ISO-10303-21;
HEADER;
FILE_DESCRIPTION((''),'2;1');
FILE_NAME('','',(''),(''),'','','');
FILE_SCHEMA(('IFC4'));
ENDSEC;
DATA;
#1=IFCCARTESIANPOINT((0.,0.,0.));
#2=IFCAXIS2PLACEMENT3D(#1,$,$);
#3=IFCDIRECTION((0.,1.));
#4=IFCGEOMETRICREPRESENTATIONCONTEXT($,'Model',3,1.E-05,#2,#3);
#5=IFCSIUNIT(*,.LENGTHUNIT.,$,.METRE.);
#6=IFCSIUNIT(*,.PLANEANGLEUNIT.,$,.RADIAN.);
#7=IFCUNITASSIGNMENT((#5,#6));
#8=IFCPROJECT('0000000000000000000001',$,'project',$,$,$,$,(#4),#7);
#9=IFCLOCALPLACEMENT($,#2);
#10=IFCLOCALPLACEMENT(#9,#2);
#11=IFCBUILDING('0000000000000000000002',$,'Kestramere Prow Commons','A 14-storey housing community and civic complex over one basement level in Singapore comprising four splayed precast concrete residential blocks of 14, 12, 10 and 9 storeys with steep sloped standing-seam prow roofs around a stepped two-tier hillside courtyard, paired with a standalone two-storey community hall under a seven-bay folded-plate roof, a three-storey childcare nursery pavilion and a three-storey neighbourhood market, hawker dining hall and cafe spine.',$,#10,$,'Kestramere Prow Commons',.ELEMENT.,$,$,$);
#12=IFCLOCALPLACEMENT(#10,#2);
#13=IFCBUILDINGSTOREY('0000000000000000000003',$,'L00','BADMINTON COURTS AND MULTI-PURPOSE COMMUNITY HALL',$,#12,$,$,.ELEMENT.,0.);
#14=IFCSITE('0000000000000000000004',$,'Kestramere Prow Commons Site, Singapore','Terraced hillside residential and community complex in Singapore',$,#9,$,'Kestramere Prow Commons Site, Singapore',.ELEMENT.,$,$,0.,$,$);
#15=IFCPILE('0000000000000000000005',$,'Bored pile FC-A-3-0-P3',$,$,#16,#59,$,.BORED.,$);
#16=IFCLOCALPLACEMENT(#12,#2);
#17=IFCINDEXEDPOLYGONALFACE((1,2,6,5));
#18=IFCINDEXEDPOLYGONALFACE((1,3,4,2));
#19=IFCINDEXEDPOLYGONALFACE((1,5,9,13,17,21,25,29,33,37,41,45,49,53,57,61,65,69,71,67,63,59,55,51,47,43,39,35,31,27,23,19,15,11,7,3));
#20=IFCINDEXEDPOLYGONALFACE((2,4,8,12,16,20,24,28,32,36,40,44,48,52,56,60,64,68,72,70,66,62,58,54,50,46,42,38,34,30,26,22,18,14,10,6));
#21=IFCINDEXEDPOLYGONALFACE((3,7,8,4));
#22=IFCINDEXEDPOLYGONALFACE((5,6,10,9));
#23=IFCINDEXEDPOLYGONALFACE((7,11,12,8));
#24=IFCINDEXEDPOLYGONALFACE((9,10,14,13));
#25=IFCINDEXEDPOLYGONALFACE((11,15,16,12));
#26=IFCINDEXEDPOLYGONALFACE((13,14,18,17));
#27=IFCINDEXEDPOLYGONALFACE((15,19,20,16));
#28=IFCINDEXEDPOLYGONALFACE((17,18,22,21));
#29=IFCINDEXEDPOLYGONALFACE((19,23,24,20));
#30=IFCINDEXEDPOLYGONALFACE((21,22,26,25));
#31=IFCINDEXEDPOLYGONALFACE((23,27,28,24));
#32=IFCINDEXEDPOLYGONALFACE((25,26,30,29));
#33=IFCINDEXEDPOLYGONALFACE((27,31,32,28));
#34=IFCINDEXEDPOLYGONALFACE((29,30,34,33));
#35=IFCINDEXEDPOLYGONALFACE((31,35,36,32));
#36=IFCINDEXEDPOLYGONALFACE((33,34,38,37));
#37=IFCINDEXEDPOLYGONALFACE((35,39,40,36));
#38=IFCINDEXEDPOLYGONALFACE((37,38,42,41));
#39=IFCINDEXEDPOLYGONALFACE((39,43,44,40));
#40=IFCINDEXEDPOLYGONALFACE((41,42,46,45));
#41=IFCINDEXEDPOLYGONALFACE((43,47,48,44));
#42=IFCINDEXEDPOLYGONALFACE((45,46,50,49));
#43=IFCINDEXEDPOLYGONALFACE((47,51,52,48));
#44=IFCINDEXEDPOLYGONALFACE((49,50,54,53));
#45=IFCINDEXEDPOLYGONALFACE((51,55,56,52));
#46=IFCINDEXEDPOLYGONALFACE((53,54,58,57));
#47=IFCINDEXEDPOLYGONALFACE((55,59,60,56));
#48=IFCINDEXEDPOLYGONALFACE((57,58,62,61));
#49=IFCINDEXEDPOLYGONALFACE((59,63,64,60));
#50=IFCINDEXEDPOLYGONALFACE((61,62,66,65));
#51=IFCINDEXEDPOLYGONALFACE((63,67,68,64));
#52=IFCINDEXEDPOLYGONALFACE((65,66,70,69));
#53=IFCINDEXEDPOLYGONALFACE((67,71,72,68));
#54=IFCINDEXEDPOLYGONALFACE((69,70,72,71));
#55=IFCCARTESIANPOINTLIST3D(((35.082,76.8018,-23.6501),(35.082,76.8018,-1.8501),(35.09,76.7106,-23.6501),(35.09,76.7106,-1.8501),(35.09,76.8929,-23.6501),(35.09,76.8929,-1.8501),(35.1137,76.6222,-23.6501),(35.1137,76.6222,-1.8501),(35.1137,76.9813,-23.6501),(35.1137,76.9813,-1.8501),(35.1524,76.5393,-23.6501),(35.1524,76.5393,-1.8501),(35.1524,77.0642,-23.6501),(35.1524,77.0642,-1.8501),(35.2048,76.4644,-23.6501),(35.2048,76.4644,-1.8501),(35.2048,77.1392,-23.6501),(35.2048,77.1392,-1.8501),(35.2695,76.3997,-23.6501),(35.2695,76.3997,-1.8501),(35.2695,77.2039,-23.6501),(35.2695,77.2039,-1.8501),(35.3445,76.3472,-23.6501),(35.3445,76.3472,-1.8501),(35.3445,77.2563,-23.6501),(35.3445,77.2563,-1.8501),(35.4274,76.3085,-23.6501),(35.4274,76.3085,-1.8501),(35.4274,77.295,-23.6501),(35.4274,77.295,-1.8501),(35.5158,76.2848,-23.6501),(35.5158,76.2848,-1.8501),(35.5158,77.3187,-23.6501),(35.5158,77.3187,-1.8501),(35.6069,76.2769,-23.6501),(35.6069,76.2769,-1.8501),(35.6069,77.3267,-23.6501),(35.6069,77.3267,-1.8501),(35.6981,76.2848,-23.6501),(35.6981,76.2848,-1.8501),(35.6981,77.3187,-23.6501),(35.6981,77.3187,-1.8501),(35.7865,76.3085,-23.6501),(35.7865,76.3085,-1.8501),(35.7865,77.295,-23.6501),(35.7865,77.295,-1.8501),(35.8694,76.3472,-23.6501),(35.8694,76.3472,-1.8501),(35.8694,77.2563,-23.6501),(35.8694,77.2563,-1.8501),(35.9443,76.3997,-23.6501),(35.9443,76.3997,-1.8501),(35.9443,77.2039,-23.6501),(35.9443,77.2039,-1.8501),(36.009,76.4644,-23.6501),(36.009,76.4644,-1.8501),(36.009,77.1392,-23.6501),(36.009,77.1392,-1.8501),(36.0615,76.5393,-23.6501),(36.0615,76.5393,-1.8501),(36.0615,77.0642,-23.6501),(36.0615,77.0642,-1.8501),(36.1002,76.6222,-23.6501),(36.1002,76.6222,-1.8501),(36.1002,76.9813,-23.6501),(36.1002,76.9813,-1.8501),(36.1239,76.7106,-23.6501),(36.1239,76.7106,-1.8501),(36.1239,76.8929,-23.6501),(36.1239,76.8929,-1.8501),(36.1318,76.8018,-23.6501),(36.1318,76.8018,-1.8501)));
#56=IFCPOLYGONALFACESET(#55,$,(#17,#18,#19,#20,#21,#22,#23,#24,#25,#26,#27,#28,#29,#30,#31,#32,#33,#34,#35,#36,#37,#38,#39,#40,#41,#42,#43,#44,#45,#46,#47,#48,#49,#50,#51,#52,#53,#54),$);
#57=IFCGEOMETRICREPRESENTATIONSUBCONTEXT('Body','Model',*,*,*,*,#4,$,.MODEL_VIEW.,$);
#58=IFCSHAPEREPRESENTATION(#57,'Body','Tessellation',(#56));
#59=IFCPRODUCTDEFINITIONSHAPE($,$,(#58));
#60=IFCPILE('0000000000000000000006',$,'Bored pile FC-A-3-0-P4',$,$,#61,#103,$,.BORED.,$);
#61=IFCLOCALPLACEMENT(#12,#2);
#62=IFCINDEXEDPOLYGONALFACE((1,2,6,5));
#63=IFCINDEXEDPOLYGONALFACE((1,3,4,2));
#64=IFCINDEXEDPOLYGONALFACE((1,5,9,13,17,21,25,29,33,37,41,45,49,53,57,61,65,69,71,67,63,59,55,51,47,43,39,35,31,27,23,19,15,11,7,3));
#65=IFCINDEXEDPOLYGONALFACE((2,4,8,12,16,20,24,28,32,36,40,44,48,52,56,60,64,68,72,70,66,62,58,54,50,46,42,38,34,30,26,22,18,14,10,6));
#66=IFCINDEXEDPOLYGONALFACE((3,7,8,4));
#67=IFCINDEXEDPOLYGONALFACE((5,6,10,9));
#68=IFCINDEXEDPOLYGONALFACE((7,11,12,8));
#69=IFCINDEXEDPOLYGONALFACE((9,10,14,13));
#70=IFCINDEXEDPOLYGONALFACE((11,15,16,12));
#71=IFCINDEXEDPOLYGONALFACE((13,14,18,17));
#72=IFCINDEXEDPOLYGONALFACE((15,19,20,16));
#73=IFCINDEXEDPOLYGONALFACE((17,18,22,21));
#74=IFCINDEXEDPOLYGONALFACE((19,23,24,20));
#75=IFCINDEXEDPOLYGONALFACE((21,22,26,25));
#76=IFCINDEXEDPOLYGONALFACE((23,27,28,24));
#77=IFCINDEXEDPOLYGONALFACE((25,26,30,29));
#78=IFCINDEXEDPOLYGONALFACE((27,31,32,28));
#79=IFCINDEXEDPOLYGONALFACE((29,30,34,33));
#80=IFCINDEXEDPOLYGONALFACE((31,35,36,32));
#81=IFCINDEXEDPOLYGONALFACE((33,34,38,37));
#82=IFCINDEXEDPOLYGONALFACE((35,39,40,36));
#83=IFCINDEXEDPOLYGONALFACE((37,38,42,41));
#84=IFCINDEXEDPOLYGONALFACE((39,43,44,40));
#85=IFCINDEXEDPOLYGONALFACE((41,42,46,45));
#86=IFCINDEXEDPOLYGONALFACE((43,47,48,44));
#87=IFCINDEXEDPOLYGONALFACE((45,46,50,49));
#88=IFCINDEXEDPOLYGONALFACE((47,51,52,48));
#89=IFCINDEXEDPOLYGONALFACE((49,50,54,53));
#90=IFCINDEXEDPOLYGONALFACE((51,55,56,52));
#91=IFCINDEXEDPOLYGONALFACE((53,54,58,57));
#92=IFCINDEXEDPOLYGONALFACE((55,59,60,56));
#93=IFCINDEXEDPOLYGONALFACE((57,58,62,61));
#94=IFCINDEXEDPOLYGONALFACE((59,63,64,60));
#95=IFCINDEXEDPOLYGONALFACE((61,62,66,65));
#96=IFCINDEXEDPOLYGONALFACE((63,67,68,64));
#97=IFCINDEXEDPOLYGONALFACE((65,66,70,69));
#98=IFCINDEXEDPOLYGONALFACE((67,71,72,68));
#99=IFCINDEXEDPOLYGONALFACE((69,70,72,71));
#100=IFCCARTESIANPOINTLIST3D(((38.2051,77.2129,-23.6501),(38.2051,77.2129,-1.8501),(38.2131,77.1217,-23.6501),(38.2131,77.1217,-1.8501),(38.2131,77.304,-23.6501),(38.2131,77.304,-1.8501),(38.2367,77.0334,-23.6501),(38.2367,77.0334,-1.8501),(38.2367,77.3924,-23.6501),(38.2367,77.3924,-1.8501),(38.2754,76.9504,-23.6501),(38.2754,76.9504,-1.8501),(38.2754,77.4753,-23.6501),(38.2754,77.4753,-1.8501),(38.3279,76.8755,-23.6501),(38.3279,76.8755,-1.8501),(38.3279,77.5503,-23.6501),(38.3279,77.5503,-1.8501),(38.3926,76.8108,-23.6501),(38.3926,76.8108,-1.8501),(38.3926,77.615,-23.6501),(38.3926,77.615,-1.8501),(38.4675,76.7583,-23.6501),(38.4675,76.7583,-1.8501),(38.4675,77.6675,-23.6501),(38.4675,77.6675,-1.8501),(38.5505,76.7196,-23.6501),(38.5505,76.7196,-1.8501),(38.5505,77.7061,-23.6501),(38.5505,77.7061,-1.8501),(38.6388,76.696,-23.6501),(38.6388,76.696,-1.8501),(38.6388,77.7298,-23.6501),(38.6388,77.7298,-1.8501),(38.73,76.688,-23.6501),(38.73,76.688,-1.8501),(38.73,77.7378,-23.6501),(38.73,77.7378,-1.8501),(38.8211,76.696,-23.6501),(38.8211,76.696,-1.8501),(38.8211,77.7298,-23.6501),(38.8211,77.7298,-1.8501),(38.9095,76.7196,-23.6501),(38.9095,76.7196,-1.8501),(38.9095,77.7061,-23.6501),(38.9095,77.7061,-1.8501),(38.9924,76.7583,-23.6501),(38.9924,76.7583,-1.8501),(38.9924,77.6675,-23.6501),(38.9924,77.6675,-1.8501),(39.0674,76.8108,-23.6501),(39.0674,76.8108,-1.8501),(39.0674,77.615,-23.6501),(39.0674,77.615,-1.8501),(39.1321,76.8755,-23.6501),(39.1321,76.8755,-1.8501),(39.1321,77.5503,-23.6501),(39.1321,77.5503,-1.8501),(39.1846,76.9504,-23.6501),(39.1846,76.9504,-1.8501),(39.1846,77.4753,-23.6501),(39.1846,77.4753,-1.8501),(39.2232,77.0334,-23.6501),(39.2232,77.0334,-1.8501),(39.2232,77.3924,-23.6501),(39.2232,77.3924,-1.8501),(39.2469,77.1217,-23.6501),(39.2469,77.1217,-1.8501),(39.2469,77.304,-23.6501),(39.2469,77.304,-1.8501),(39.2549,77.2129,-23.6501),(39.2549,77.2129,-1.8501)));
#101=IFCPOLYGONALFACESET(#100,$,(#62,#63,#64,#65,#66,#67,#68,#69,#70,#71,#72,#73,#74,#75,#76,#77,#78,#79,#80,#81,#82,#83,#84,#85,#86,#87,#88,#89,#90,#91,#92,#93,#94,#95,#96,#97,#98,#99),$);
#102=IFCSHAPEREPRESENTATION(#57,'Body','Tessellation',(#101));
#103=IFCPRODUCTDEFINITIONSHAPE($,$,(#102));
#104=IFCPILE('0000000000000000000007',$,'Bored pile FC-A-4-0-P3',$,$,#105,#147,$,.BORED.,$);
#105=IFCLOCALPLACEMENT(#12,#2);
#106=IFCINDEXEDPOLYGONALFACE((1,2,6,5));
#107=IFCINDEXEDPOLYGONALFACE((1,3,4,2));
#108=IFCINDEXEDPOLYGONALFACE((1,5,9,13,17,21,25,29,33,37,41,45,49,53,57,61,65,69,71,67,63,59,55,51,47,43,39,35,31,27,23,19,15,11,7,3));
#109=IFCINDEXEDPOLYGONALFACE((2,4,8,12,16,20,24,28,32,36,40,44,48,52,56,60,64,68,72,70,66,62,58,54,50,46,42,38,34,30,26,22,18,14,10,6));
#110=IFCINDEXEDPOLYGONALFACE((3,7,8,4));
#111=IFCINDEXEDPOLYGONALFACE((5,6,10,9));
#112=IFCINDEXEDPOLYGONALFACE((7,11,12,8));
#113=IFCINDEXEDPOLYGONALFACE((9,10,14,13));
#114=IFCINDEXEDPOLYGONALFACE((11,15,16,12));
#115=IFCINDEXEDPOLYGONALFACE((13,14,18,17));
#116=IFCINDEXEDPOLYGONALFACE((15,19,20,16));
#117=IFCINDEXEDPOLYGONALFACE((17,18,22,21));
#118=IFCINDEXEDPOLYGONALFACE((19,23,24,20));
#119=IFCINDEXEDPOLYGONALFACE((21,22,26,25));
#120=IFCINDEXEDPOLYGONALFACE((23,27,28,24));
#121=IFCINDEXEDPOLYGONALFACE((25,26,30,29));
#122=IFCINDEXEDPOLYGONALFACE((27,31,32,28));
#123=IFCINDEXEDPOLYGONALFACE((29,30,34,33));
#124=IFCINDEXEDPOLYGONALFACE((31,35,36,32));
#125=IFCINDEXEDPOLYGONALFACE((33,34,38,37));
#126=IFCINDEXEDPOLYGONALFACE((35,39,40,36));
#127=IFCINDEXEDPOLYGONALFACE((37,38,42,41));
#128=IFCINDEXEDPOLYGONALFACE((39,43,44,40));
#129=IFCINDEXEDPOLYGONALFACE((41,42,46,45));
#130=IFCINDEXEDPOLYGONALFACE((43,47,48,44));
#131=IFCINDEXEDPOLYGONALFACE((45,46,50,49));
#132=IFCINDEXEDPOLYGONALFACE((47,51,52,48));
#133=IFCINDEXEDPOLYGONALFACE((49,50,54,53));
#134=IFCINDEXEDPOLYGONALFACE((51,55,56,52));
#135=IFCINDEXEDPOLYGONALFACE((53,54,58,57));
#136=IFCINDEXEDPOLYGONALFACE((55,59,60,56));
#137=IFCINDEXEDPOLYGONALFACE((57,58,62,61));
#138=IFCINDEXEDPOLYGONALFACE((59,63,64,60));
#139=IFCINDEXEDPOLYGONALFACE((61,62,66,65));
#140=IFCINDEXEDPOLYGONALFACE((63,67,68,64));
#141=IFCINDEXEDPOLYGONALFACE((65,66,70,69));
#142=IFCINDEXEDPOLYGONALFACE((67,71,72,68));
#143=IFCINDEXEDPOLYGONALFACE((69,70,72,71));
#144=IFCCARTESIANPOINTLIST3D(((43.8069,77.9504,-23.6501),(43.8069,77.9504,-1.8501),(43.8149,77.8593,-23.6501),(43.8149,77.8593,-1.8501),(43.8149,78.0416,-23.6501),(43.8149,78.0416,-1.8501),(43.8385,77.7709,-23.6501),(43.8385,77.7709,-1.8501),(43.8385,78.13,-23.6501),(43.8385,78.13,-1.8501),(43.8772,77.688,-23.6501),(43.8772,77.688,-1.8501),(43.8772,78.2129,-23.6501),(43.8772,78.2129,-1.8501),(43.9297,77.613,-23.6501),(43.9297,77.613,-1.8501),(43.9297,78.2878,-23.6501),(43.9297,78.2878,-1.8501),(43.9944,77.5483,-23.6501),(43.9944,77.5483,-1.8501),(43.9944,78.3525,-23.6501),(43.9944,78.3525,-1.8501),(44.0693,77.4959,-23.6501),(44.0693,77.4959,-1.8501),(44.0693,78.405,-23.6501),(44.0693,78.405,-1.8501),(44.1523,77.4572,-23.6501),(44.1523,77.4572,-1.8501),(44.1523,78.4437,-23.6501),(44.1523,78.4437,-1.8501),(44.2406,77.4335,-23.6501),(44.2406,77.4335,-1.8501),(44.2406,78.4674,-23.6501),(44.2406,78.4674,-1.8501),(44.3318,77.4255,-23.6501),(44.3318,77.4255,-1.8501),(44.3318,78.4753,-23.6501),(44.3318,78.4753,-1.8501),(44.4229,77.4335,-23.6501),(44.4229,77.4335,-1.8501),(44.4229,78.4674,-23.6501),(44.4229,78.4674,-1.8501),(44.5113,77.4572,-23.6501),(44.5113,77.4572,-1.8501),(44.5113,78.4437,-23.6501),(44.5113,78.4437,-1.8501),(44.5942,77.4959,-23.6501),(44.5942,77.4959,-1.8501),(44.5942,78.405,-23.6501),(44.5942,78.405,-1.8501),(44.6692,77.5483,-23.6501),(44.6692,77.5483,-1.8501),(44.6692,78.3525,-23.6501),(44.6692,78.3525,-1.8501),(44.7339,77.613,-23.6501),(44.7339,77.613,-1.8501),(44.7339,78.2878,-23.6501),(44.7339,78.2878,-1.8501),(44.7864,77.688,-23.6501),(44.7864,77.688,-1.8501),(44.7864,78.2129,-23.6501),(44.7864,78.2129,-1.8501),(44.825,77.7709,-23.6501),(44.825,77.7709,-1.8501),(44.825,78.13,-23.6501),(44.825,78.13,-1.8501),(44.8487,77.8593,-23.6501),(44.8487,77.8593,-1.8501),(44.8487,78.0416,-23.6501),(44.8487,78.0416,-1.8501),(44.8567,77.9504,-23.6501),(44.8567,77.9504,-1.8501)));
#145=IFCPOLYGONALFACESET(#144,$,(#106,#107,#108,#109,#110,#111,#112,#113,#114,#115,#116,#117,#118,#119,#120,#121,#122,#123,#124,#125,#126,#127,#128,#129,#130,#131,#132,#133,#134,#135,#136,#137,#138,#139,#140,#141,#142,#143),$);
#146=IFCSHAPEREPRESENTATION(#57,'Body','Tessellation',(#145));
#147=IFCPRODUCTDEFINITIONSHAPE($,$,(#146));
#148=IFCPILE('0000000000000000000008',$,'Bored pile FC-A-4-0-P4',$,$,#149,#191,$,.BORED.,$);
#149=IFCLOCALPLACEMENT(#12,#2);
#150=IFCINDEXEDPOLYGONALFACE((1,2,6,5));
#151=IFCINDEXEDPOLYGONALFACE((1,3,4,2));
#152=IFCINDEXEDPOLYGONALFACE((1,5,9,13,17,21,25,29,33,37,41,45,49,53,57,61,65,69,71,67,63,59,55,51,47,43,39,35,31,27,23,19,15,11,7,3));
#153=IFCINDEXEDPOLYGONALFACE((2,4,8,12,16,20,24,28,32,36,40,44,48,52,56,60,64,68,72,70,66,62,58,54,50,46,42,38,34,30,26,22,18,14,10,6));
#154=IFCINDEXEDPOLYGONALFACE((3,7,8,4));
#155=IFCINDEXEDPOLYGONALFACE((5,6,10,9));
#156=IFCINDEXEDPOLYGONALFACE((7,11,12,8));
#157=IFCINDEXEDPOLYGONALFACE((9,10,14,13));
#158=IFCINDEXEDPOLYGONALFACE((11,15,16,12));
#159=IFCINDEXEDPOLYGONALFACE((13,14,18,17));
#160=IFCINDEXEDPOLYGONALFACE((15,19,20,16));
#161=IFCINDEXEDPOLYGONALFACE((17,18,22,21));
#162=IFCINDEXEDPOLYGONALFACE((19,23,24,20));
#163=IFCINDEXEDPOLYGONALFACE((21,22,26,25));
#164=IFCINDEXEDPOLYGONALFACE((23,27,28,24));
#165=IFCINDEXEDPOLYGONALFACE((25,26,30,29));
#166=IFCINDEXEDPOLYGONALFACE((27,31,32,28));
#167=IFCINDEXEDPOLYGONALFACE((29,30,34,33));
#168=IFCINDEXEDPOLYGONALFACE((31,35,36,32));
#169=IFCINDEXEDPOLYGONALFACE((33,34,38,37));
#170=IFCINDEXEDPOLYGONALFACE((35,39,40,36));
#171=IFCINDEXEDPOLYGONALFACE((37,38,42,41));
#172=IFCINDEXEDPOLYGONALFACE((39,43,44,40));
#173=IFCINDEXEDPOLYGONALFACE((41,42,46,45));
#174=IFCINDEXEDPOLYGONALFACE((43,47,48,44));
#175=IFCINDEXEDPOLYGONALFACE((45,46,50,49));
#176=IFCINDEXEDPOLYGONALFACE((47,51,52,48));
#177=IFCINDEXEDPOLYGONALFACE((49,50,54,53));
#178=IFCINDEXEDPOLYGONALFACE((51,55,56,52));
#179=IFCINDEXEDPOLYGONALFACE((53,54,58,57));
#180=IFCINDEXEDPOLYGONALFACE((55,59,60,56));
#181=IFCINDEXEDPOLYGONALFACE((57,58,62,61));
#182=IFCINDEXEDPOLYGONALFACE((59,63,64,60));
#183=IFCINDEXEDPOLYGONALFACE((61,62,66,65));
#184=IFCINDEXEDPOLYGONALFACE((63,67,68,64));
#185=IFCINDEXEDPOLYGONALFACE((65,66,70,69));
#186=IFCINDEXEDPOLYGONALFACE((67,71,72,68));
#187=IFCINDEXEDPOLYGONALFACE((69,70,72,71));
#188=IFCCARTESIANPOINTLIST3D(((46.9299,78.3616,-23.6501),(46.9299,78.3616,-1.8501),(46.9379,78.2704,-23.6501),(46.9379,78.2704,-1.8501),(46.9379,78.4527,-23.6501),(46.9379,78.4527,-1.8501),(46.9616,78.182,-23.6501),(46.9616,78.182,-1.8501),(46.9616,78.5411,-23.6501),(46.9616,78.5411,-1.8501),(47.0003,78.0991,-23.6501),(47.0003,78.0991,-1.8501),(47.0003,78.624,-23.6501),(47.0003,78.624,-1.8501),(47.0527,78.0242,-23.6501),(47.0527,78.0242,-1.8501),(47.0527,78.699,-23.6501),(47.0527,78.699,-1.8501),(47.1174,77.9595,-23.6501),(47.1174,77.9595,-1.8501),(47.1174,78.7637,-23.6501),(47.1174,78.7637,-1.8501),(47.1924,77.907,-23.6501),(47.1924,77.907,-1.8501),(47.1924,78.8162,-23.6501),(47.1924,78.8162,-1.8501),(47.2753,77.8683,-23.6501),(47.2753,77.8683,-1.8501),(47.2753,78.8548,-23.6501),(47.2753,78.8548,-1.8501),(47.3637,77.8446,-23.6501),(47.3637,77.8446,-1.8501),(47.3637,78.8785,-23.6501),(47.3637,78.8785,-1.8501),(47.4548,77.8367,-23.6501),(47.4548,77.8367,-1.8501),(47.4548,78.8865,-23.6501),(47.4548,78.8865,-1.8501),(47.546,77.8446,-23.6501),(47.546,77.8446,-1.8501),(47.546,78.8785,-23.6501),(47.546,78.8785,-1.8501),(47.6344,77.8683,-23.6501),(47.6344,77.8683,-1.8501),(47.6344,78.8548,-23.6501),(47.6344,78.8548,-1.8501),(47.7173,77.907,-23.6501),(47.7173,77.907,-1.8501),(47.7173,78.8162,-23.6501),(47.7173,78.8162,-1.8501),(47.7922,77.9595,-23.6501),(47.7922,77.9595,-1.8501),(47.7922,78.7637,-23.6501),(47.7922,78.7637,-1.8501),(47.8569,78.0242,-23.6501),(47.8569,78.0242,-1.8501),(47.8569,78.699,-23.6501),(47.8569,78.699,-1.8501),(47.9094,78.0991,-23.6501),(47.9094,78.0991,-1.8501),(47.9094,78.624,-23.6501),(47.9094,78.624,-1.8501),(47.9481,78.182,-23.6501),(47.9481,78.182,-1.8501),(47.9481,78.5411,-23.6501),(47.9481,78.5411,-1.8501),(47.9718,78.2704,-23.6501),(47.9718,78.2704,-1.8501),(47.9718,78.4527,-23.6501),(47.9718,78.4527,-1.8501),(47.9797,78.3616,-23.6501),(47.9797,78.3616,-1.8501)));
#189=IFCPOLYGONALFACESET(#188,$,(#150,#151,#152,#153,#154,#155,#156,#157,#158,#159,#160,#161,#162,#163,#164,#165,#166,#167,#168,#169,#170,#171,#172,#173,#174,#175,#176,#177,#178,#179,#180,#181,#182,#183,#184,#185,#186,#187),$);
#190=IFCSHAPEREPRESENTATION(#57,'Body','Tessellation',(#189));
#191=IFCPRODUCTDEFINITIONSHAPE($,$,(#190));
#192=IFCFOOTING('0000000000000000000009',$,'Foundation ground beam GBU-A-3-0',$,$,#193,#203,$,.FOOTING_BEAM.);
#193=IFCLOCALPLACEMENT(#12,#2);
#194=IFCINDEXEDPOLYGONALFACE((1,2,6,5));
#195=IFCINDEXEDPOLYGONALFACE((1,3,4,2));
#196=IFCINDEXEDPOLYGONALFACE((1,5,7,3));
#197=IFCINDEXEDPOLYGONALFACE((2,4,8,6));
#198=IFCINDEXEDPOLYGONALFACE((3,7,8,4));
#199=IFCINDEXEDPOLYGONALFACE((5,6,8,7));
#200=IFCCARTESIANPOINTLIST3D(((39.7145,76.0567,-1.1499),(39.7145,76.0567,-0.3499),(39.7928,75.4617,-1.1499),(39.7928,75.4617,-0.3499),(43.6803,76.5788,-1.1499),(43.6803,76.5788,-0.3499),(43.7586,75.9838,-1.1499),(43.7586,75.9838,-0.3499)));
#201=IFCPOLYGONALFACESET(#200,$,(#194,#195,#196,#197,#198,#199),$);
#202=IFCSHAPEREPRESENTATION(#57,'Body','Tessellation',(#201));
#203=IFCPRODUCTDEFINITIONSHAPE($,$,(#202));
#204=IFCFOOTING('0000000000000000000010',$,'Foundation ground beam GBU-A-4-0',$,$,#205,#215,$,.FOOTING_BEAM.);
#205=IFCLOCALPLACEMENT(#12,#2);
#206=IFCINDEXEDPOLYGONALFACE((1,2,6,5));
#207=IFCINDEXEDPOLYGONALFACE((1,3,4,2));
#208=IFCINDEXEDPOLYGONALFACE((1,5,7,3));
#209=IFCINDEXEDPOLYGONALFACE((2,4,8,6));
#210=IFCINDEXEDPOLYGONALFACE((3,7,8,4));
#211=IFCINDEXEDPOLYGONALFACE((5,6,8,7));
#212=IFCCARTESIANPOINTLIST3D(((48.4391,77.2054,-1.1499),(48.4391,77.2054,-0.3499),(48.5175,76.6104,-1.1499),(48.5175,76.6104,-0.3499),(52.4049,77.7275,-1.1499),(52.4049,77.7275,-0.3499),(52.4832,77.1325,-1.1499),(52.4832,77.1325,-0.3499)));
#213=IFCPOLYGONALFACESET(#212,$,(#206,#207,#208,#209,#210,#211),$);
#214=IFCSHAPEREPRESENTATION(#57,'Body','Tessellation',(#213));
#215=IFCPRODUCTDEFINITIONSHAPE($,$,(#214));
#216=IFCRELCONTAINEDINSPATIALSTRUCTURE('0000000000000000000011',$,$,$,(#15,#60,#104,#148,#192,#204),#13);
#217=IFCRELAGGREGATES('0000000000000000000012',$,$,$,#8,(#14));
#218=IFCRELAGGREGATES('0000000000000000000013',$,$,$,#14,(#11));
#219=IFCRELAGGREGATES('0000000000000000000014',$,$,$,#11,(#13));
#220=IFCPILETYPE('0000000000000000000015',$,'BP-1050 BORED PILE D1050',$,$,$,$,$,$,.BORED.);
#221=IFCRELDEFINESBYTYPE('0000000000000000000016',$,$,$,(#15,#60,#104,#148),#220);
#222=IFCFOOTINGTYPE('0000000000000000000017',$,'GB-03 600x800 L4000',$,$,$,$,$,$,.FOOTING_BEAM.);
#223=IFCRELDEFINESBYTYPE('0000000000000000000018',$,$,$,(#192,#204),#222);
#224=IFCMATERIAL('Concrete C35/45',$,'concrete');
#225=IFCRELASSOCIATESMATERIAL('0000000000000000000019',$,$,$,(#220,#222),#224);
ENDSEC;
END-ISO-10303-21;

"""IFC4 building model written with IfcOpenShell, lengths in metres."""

from ifc_helpers import new_model, si_unit, direction, frame, origin, origin_2d, place, context, subcontext, project, spatial, rectangle, circle, extrude, material, material_profile, profile_set, type_object, element, save


model = new_model("IFC4")

# Units and contexts
model_context = context("Model", 3, precision=1e-05, world=origin(), true_north=direction((0.0, 1.0)))
body_context = subcontext(model_context, "Body", "Model", "MODEL_VIEW")
ifc_project = project(units=[si_unit("LENGTHUNIT", "METRE"), si_unit("PLANEANGLEUNIT", "RADIAN")], contexts=[model_context])

# Site, building, storey
site_placement = place(None, origin())
site = spatial("IfcSite", under=ifc_project, at=site_placement, Name="Kestramere Prow Commons Site, Singapore", Description="Terraced hillside residential and community complex in Singapore", LongName="Kestramere Prow Commons Site, Singapore", CompositionType="ELEMENT", RefElevation=0.0)
building_placement = place(site_placement, origin())
building = spatial("IfcBuilding", under=site, at=building_placement, Name="Kestramere Prow Commons", Description="A 14-storey housing community and civic complex over one basement level in Singapore comprising four splayed precast concrete residential blocks of 14, 12, 10 and 9 storeys with steep sloped standing-seam prow roofs around a stepped two-tier hillside courtyard, paired with a standalone two-storey community hall under a seven-bay folded-plate roof, a three-storey childcare nursery pavilion and a three-storey neighbourhood market, hawker dining hall and cafe spine.", LongName="Kestramere Prow Commons", CompositionType="ELEMENT")
storey_placement = place(building_placement, origin())
storey = spatial("IfcBuildingStorey", under=building, at=storey_placement, Name="L00", Description="BADMINTON COURTS AND MULTI-PURPOSE COMMUNITY HALL", CompositionType="ELEMENT", Elevation=0.0)

# Piles
ifc_material_1 = material(Name="Concrete C35/45", Category="concrete")
ifc_material_profile_1 = material_profile(ifc_material_1, circle(Radius=0.5249, at=origin_2d()), Name="BORED PILE D1050")
ifc_profile_set_1 = profile_set([ifc_material_profile_1], Name="Concrete C35/45")
pile_type = type_object("IfcPileType", Name="BP-1050 BORED PILE D1050", PredefinedType="BORED", material=ifc_profile_set_1)
for number, where, z_axis, x_axis, name in (
    (1, (35.6069, 76.8018, -1.8501), (0.0, 0.0, -1.0), (1.0, 0.0, 0.0), "Bored pile FC-A-3-0-P3"),
    (2, (38.73, 77.2129, -1.8501), (0.0, 0.0, -1.0), (1.0, 0.0, 0.0), "Bored pile FC-A-3-0-P4"),
    (3, (44.3318, 77.9504, -1.8501), (0.0, 0.0, -1.0), (1.0, 0.0, 0.0), "Bored pile FC-A-4-0-P3"),
    (4, (47.4548, 78.3616, -1.8501), (0.0, 0.0, -1.0), (1.0, 0.0, 0.0), "Bored pile FC-A-4-0-P4"),
):
    element("IfcPile", number, at=place(storey_placement, frame(where, z_axis=z_axis, x_axis=x_axis)), inside=storey, type_object=pile_type, Name=name, PredefinedType="BORED", context=body_context, shape_type="SweptSolid", body=[
        extrude(circle(Radius=0.5249, at=origin_2d()), origin(), (0.0, 0.0, 1.0), 21.8),
    ])

# Footings
footing_type_1 = type_object("IfcFootingType", Name="GB-03 600x800 L4000", PredefinedType="FOOTING_BEAM", material=ifc_material_1)
for number, where, z_axis, x_axis, name in (
    (5, (41.7366, 76.0203, -1.1499), (0.0, 0.0, 1.0), (0.991445, 0.130526, 0.0), "Foundation ground beam GBU-A-3-0"),
    (6, (50.4612, 77.1689, -1.1499), (0.0, 0.0, 1.0), (0.991445, 0.130526, 0.0), "Foundation ground beam GBU-A-4-0"),
):
    element("IfcFooting", number, at=place(storey_placement, frame(where, z_axis=z_axis, x_axis=x_axis)), inside=storey, type_object=footing_type_1, Name=name, PredefinedType="FOOTING_BEAM", context=body_context, shape_type="SweptSolid", body=[
        extrude(rectangle(XDim=4.0, YDim=0.6001, at=origin_2d()), origin(), (0.0, 0.0, 1.0), 0.8),
    ])

save(model, "model.ifc")
